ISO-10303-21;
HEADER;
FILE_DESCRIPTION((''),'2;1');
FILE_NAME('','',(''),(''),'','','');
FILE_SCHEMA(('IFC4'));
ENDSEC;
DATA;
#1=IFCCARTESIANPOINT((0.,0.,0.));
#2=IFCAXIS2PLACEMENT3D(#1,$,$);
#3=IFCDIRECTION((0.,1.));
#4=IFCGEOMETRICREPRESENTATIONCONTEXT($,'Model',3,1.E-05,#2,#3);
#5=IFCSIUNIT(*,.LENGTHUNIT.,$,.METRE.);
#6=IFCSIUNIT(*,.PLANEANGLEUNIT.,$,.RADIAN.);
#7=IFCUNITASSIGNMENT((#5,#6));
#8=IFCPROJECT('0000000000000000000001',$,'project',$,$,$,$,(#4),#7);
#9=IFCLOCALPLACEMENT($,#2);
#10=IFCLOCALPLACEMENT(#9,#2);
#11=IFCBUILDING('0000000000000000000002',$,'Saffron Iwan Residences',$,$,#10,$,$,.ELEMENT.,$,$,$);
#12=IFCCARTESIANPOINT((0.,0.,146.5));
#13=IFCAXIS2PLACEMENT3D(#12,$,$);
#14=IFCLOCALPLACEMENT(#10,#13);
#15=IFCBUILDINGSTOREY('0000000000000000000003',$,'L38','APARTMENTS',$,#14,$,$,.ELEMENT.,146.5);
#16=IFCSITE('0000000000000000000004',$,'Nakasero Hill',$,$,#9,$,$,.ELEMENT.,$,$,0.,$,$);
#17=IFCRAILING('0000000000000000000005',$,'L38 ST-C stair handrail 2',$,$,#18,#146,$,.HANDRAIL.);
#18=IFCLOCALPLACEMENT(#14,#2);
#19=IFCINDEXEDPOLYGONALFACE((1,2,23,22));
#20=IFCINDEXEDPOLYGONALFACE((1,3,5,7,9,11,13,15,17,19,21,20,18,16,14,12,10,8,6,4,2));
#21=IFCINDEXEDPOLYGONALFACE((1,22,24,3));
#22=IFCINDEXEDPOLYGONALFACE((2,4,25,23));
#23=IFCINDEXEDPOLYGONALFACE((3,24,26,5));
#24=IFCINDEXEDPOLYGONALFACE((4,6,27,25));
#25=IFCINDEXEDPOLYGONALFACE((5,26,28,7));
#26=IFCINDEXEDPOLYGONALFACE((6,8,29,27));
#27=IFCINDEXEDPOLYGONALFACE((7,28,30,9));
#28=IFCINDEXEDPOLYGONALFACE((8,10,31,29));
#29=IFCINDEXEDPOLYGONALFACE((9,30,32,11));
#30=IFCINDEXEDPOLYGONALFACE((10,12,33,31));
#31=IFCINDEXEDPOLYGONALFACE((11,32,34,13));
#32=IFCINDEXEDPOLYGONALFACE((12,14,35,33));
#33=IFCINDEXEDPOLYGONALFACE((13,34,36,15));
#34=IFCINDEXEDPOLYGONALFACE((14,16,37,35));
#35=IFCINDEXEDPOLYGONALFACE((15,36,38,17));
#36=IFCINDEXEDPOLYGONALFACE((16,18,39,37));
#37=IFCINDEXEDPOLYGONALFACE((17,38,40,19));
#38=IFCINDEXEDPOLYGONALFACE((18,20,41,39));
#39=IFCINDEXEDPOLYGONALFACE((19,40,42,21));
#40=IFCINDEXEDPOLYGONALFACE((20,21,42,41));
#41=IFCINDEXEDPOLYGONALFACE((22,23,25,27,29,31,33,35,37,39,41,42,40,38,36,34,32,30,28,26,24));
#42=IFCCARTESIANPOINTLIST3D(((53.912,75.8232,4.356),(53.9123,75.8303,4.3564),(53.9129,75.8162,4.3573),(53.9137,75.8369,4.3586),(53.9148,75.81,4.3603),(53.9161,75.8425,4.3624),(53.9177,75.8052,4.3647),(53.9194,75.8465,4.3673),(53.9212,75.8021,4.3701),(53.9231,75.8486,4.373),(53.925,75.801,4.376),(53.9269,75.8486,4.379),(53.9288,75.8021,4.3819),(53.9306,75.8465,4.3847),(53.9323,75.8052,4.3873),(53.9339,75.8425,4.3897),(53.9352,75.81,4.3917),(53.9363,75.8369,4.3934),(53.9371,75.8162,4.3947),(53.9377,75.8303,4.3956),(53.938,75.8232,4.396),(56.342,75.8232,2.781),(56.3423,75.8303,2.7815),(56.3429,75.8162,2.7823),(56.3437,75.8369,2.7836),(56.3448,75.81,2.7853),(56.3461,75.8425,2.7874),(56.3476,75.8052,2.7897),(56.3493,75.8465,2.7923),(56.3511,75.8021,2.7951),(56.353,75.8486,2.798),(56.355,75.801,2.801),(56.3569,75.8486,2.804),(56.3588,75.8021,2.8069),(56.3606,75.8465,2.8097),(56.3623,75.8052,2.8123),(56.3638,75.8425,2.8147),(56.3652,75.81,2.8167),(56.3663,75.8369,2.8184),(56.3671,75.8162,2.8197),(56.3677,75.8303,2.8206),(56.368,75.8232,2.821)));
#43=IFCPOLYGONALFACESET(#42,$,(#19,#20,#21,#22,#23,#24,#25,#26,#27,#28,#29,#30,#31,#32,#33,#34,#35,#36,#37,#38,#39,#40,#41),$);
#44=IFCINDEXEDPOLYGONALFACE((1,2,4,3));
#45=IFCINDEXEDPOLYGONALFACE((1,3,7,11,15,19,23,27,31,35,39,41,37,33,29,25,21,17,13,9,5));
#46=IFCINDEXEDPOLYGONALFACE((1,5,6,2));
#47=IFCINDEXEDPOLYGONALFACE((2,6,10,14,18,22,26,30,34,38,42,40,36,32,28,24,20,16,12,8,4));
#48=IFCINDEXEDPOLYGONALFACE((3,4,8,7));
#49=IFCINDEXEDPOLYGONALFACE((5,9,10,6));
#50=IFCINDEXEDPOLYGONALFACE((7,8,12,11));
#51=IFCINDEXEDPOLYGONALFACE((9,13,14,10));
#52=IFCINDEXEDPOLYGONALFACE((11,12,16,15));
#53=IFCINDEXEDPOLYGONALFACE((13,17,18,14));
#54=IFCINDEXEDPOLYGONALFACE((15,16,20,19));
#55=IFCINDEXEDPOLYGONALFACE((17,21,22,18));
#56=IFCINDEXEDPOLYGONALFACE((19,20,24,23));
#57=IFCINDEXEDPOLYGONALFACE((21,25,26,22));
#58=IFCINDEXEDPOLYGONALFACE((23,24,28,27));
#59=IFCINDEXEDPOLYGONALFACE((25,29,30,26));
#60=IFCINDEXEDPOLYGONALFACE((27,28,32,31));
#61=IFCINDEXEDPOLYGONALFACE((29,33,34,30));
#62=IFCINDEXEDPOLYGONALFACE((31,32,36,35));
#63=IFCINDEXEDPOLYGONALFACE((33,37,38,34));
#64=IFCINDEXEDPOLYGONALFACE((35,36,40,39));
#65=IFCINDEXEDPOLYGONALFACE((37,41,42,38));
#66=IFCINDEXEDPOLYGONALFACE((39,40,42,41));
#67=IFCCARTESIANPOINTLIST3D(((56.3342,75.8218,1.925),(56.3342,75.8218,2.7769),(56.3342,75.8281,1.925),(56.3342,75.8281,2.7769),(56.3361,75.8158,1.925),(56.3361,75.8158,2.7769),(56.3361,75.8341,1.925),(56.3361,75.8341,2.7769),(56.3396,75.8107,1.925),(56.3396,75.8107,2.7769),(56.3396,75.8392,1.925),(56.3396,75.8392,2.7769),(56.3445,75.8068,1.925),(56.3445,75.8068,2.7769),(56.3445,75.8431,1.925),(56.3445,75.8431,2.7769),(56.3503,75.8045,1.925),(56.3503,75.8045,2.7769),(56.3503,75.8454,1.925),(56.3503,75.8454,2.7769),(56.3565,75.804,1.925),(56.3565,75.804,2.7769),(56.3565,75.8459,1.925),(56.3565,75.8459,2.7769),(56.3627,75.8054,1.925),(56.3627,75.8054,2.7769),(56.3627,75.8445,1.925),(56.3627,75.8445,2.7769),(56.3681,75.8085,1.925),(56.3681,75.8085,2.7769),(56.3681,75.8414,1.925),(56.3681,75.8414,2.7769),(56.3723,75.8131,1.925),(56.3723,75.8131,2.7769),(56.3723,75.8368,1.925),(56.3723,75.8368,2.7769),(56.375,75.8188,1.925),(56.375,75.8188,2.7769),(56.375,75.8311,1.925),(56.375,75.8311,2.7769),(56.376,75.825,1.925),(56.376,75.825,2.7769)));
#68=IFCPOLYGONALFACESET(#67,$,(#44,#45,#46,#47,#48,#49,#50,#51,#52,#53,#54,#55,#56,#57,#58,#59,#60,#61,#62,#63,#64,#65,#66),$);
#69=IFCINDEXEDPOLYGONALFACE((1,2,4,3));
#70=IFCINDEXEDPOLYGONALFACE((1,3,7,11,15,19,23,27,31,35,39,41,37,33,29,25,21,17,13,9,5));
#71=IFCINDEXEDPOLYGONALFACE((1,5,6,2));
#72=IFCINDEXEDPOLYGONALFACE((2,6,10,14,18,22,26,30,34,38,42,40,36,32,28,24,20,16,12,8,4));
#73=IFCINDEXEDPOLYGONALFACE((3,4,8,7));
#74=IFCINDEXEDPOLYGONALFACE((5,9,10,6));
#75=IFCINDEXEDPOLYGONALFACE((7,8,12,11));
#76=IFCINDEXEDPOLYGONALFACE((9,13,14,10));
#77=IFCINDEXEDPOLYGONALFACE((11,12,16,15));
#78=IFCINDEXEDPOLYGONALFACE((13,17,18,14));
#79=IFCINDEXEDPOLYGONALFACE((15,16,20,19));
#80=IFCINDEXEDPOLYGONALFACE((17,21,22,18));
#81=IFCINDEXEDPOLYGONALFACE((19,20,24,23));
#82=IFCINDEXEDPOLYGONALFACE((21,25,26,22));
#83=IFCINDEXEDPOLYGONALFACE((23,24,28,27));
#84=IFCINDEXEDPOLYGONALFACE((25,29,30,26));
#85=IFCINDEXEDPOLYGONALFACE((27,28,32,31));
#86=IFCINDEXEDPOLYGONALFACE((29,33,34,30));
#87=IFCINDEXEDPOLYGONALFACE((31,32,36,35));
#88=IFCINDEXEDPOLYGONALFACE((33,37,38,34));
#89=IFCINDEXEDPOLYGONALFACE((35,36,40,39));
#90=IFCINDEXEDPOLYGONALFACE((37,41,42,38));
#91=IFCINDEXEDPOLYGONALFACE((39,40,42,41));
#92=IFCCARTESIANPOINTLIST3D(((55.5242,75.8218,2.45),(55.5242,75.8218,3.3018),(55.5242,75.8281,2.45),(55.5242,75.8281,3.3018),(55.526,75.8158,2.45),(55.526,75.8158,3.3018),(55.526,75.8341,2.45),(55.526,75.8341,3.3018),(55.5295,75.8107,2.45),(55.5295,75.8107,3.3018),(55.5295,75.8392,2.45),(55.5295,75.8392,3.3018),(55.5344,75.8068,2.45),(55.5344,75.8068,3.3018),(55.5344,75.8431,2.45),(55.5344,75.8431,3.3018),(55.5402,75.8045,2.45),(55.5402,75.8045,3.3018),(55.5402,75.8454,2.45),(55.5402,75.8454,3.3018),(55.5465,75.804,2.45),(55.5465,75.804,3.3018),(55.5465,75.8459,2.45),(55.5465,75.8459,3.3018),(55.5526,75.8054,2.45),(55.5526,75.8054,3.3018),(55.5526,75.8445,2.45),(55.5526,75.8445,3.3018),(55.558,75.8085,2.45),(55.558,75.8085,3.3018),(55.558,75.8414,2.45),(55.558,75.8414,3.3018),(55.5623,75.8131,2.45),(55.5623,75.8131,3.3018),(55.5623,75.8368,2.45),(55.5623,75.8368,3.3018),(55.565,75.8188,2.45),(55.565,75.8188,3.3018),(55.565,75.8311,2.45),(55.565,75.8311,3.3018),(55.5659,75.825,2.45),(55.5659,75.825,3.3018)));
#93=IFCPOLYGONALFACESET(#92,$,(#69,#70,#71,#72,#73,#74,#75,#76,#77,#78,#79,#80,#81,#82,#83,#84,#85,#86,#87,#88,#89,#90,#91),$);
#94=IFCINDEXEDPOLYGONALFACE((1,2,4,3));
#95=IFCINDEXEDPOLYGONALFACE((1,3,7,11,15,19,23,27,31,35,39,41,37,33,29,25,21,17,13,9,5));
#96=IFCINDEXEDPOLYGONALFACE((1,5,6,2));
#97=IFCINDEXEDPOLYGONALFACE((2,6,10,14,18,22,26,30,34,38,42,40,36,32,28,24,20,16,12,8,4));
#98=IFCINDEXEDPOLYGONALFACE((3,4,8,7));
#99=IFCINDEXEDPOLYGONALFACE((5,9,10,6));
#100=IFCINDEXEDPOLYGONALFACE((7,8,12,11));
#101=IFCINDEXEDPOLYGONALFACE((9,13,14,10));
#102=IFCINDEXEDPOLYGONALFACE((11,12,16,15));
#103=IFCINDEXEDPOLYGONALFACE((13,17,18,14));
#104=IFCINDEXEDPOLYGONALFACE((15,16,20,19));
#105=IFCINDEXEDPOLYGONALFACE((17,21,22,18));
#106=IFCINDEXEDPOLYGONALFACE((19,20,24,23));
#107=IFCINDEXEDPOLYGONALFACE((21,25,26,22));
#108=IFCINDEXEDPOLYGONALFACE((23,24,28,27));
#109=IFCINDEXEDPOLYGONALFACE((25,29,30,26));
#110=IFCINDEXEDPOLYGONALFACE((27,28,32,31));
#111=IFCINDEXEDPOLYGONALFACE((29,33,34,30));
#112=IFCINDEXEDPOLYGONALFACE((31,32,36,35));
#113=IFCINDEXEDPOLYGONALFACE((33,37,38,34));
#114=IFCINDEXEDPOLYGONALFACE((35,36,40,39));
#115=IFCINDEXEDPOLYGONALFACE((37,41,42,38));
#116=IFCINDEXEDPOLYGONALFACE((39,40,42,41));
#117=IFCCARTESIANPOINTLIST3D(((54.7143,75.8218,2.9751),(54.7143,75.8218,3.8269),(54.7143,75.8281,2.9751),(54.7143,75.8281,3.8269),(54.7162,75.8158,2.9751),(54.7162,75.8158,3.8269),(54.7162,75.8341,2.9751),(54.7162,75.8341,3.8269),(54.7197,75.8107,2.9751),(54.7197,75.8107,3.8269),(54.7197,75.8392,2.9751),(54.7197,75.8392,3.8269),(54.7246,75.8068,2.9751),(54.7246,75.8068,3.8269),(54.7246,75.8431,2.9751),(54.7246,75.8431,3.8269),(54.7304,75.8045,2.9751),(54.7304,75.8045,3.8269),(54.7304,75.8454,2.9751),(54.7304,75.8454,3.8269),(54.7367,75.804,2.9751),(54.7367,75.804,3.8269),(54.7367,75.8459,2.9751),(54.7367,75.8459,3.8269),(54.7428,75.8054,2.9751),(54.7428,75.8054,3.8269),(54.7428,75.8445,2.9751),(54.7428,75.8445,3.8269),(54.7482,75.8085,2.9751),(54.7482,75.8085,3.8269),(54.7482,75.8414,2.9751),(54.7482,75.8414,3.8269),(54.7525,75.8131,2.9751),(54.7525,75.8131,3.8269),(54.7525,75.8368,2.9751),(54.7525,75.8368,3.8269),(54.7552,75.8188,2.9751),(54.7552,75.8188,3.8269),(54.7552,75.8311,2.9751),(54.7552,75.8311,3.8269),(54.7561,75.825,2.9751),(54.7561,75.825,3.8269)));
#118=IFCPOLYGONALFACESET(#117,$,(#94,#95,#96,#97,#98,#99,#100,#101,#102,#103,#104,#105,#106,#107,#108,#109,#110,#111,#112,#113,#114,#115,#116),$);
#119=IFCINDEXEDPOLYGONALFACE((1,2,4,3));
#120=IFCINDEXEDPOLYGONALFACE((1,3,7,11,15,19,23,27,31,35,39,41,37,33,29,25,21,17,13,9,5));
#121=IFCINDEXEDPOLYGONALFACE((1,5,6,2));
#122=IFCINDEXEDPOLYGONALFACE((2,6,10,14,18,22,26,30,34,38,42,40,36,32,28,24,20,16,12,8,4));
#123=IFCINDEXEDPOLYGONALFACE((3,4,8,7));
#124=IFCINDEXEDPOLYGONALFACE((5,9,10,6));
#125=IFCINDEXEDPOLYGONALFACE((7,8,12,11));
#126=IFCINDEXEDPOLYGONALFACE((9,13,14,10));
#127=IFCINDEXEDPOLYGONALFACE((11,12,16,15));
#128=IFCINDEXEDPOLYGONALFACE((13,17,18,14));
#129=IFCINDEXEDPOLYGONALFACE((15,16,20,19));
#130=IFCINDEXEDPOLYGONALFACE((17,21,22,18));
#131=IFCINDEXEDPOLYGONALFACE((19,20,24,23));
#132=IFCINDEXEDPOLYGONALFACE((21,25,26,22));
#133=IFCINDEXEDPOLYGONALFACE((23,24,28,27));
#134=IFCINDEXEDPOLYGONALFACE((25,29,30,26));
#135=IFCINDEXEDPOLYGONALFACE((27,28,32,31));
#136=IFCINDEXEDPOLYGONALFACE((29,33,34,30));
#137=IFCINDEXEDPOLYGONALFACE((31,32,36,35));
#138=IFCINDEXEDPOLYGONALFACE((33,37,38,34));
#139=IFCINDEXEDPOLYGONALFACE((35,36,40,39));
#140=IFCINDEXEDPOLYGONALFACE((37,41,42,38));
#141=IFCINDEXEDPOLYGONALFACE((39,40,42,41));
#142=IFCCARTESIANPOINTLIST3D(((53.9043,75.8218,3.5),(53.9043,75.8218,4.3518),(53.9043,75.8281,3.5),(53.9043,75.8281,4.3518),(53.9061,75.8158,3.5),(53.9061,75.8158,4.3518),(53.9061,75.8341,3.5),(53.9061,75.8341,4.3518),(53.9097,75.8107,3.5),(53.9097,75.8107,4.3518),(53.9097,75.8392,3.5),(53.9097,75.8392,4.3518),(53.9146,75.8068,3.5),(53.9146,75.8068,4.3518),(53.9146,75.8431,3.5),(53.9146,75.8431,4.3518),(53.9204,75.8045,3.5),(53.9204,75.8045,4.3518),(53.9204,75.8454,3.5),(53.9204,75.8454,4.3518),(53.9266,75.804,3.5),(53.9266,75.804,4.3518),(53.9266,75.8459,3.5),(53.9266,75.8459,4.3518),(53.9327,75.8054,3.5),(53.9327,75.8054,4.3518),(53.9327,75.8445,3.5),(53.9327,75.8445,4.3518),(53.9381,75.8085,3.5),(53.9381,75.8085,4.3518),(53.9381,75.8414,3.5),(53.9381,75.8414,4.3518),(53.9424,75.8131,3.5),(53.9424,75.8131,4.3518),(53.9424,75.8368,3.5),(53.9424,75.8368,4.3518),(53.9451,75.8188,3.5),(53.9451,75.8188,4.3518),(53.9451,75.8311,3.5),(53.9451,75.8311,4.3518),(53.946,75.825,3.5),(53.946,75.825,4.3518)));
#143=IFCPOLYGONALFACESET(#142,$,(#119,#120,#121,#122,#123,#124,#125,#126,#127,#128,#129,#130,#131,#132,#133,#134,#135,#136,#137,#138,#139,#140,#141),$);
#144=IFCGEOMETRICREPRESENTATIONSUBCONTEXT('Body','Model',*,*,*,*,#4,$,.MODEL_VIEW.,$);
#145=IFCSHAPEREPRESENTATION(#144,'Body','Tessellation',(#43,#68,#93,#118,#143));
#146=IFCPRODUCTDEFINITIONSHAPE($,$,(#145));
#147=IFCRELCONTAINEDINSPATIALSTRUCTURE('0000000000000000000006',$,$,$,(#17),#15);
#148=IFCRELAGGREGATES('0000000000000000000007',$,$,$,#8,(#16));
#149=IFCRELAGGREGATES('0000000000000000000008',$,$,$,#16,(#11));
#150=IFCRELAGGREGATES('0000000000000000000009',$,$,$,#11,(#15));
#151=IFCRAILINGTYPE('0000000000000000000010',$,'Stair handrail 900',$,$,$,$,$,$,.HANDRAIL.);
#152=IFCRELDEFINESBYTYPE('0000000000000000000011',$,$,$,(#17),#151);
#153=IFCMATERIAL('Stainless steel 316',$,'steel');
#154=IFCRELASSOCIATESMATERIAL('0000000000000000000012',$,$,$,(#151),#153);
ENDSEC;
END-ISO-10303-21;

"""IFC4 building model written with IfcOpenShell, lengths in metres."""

from ifc_helpers import new_model, si_unit, direction, frame, origin, origin_2d, place, context, subcontext, project, spatial, circle, extrude, material, type_object, element, save


model = new_model("IFC4")

# Units and contexts
model_context = context("Model", 3, precision=1e-05, world=origin(), true_north=direction((0.0, 1.0)))
body_context = subcontext(model_context, "Body", "Model", "MODEL_VIEW")
ifc_project = project(units=[si_unit("LENGTHUNIT", "METRE"), si_unit("PLANEANGLEUNIT", "RADIAN")], contexts=[model_context])

# Site, building, storey
site_placement = place(None, origin())
site = spatial("IfcSite", under=ifc_project, at=site_placement, Name="Nakasero Hill", CompositionType="ELEMENT", RefElevation=0.0)
building_placement = place(site_placement, origin())
building = spatial("IfcBuilding", under=site, at=building_placement, Name="Saffron Iwan Residences", CompositionType="ELEMENT")
storey_placement = place(building_placement, frame((0.0, 0.0, 146.5)))
storey = spatial("IfcBuildingStorey", under=building, at=storey_placement, Name="L38", Description="APARTMENTS", CompositionType="ELEMENT", Elevation=146.5)

# Railing
ifc_material_1 = material(Name="Stainless steel 316", Category="steel")
railing_type = type_object("IfcRailingType", Name="Stair handrail 900", PredefinedType="HANDRAIL", material=ifc_material_1)
railing_1_placement = place(storey_placement, frame((56.355, 75.825, 1.925)))
element("IfcRailing", 1, at=railing_1_placement, inside=storey, type_object=railing_type, Name="L38 ST-C stair handrail 2", PredefinedType="HANDRAIL", context=body_context, shape_type="SweptSolid", body=[
    extrude(circle(Radius=0.0239, at=origin_2d()), frame((0.0, 0.0, 0.876), z_axis=(-0.839154, 0.0, 0.543894), x_axis=(0.0, -1.0, 0.0)), (0.0, 0.0, 1.0), 2.8958),
    extrude(circle(Radius=0.021, at=origin_2d()), origin(), (0.0, 0.0, 1.0), 0.8518),
    extrude(circle(Radius=0.021, at=origin_2d()), frame((-0.8101, 0.0, 0.5249)), (0.0, 0.0, 1.0), 0.8518),
    extrude(circle(Radius=0.021, at=origin_2d()), frame((-1.6199, 0.0, 1.05)), (0.0, 0.0, 1.0), 0.8518),
    extrude(circle(Radius=0.021, at=origin_2d()), frame((-2.4299, 0.0, 1.575)), (0.0, 0.0, 1.0), 0.8518),
])

save(model, "model.ifc")
